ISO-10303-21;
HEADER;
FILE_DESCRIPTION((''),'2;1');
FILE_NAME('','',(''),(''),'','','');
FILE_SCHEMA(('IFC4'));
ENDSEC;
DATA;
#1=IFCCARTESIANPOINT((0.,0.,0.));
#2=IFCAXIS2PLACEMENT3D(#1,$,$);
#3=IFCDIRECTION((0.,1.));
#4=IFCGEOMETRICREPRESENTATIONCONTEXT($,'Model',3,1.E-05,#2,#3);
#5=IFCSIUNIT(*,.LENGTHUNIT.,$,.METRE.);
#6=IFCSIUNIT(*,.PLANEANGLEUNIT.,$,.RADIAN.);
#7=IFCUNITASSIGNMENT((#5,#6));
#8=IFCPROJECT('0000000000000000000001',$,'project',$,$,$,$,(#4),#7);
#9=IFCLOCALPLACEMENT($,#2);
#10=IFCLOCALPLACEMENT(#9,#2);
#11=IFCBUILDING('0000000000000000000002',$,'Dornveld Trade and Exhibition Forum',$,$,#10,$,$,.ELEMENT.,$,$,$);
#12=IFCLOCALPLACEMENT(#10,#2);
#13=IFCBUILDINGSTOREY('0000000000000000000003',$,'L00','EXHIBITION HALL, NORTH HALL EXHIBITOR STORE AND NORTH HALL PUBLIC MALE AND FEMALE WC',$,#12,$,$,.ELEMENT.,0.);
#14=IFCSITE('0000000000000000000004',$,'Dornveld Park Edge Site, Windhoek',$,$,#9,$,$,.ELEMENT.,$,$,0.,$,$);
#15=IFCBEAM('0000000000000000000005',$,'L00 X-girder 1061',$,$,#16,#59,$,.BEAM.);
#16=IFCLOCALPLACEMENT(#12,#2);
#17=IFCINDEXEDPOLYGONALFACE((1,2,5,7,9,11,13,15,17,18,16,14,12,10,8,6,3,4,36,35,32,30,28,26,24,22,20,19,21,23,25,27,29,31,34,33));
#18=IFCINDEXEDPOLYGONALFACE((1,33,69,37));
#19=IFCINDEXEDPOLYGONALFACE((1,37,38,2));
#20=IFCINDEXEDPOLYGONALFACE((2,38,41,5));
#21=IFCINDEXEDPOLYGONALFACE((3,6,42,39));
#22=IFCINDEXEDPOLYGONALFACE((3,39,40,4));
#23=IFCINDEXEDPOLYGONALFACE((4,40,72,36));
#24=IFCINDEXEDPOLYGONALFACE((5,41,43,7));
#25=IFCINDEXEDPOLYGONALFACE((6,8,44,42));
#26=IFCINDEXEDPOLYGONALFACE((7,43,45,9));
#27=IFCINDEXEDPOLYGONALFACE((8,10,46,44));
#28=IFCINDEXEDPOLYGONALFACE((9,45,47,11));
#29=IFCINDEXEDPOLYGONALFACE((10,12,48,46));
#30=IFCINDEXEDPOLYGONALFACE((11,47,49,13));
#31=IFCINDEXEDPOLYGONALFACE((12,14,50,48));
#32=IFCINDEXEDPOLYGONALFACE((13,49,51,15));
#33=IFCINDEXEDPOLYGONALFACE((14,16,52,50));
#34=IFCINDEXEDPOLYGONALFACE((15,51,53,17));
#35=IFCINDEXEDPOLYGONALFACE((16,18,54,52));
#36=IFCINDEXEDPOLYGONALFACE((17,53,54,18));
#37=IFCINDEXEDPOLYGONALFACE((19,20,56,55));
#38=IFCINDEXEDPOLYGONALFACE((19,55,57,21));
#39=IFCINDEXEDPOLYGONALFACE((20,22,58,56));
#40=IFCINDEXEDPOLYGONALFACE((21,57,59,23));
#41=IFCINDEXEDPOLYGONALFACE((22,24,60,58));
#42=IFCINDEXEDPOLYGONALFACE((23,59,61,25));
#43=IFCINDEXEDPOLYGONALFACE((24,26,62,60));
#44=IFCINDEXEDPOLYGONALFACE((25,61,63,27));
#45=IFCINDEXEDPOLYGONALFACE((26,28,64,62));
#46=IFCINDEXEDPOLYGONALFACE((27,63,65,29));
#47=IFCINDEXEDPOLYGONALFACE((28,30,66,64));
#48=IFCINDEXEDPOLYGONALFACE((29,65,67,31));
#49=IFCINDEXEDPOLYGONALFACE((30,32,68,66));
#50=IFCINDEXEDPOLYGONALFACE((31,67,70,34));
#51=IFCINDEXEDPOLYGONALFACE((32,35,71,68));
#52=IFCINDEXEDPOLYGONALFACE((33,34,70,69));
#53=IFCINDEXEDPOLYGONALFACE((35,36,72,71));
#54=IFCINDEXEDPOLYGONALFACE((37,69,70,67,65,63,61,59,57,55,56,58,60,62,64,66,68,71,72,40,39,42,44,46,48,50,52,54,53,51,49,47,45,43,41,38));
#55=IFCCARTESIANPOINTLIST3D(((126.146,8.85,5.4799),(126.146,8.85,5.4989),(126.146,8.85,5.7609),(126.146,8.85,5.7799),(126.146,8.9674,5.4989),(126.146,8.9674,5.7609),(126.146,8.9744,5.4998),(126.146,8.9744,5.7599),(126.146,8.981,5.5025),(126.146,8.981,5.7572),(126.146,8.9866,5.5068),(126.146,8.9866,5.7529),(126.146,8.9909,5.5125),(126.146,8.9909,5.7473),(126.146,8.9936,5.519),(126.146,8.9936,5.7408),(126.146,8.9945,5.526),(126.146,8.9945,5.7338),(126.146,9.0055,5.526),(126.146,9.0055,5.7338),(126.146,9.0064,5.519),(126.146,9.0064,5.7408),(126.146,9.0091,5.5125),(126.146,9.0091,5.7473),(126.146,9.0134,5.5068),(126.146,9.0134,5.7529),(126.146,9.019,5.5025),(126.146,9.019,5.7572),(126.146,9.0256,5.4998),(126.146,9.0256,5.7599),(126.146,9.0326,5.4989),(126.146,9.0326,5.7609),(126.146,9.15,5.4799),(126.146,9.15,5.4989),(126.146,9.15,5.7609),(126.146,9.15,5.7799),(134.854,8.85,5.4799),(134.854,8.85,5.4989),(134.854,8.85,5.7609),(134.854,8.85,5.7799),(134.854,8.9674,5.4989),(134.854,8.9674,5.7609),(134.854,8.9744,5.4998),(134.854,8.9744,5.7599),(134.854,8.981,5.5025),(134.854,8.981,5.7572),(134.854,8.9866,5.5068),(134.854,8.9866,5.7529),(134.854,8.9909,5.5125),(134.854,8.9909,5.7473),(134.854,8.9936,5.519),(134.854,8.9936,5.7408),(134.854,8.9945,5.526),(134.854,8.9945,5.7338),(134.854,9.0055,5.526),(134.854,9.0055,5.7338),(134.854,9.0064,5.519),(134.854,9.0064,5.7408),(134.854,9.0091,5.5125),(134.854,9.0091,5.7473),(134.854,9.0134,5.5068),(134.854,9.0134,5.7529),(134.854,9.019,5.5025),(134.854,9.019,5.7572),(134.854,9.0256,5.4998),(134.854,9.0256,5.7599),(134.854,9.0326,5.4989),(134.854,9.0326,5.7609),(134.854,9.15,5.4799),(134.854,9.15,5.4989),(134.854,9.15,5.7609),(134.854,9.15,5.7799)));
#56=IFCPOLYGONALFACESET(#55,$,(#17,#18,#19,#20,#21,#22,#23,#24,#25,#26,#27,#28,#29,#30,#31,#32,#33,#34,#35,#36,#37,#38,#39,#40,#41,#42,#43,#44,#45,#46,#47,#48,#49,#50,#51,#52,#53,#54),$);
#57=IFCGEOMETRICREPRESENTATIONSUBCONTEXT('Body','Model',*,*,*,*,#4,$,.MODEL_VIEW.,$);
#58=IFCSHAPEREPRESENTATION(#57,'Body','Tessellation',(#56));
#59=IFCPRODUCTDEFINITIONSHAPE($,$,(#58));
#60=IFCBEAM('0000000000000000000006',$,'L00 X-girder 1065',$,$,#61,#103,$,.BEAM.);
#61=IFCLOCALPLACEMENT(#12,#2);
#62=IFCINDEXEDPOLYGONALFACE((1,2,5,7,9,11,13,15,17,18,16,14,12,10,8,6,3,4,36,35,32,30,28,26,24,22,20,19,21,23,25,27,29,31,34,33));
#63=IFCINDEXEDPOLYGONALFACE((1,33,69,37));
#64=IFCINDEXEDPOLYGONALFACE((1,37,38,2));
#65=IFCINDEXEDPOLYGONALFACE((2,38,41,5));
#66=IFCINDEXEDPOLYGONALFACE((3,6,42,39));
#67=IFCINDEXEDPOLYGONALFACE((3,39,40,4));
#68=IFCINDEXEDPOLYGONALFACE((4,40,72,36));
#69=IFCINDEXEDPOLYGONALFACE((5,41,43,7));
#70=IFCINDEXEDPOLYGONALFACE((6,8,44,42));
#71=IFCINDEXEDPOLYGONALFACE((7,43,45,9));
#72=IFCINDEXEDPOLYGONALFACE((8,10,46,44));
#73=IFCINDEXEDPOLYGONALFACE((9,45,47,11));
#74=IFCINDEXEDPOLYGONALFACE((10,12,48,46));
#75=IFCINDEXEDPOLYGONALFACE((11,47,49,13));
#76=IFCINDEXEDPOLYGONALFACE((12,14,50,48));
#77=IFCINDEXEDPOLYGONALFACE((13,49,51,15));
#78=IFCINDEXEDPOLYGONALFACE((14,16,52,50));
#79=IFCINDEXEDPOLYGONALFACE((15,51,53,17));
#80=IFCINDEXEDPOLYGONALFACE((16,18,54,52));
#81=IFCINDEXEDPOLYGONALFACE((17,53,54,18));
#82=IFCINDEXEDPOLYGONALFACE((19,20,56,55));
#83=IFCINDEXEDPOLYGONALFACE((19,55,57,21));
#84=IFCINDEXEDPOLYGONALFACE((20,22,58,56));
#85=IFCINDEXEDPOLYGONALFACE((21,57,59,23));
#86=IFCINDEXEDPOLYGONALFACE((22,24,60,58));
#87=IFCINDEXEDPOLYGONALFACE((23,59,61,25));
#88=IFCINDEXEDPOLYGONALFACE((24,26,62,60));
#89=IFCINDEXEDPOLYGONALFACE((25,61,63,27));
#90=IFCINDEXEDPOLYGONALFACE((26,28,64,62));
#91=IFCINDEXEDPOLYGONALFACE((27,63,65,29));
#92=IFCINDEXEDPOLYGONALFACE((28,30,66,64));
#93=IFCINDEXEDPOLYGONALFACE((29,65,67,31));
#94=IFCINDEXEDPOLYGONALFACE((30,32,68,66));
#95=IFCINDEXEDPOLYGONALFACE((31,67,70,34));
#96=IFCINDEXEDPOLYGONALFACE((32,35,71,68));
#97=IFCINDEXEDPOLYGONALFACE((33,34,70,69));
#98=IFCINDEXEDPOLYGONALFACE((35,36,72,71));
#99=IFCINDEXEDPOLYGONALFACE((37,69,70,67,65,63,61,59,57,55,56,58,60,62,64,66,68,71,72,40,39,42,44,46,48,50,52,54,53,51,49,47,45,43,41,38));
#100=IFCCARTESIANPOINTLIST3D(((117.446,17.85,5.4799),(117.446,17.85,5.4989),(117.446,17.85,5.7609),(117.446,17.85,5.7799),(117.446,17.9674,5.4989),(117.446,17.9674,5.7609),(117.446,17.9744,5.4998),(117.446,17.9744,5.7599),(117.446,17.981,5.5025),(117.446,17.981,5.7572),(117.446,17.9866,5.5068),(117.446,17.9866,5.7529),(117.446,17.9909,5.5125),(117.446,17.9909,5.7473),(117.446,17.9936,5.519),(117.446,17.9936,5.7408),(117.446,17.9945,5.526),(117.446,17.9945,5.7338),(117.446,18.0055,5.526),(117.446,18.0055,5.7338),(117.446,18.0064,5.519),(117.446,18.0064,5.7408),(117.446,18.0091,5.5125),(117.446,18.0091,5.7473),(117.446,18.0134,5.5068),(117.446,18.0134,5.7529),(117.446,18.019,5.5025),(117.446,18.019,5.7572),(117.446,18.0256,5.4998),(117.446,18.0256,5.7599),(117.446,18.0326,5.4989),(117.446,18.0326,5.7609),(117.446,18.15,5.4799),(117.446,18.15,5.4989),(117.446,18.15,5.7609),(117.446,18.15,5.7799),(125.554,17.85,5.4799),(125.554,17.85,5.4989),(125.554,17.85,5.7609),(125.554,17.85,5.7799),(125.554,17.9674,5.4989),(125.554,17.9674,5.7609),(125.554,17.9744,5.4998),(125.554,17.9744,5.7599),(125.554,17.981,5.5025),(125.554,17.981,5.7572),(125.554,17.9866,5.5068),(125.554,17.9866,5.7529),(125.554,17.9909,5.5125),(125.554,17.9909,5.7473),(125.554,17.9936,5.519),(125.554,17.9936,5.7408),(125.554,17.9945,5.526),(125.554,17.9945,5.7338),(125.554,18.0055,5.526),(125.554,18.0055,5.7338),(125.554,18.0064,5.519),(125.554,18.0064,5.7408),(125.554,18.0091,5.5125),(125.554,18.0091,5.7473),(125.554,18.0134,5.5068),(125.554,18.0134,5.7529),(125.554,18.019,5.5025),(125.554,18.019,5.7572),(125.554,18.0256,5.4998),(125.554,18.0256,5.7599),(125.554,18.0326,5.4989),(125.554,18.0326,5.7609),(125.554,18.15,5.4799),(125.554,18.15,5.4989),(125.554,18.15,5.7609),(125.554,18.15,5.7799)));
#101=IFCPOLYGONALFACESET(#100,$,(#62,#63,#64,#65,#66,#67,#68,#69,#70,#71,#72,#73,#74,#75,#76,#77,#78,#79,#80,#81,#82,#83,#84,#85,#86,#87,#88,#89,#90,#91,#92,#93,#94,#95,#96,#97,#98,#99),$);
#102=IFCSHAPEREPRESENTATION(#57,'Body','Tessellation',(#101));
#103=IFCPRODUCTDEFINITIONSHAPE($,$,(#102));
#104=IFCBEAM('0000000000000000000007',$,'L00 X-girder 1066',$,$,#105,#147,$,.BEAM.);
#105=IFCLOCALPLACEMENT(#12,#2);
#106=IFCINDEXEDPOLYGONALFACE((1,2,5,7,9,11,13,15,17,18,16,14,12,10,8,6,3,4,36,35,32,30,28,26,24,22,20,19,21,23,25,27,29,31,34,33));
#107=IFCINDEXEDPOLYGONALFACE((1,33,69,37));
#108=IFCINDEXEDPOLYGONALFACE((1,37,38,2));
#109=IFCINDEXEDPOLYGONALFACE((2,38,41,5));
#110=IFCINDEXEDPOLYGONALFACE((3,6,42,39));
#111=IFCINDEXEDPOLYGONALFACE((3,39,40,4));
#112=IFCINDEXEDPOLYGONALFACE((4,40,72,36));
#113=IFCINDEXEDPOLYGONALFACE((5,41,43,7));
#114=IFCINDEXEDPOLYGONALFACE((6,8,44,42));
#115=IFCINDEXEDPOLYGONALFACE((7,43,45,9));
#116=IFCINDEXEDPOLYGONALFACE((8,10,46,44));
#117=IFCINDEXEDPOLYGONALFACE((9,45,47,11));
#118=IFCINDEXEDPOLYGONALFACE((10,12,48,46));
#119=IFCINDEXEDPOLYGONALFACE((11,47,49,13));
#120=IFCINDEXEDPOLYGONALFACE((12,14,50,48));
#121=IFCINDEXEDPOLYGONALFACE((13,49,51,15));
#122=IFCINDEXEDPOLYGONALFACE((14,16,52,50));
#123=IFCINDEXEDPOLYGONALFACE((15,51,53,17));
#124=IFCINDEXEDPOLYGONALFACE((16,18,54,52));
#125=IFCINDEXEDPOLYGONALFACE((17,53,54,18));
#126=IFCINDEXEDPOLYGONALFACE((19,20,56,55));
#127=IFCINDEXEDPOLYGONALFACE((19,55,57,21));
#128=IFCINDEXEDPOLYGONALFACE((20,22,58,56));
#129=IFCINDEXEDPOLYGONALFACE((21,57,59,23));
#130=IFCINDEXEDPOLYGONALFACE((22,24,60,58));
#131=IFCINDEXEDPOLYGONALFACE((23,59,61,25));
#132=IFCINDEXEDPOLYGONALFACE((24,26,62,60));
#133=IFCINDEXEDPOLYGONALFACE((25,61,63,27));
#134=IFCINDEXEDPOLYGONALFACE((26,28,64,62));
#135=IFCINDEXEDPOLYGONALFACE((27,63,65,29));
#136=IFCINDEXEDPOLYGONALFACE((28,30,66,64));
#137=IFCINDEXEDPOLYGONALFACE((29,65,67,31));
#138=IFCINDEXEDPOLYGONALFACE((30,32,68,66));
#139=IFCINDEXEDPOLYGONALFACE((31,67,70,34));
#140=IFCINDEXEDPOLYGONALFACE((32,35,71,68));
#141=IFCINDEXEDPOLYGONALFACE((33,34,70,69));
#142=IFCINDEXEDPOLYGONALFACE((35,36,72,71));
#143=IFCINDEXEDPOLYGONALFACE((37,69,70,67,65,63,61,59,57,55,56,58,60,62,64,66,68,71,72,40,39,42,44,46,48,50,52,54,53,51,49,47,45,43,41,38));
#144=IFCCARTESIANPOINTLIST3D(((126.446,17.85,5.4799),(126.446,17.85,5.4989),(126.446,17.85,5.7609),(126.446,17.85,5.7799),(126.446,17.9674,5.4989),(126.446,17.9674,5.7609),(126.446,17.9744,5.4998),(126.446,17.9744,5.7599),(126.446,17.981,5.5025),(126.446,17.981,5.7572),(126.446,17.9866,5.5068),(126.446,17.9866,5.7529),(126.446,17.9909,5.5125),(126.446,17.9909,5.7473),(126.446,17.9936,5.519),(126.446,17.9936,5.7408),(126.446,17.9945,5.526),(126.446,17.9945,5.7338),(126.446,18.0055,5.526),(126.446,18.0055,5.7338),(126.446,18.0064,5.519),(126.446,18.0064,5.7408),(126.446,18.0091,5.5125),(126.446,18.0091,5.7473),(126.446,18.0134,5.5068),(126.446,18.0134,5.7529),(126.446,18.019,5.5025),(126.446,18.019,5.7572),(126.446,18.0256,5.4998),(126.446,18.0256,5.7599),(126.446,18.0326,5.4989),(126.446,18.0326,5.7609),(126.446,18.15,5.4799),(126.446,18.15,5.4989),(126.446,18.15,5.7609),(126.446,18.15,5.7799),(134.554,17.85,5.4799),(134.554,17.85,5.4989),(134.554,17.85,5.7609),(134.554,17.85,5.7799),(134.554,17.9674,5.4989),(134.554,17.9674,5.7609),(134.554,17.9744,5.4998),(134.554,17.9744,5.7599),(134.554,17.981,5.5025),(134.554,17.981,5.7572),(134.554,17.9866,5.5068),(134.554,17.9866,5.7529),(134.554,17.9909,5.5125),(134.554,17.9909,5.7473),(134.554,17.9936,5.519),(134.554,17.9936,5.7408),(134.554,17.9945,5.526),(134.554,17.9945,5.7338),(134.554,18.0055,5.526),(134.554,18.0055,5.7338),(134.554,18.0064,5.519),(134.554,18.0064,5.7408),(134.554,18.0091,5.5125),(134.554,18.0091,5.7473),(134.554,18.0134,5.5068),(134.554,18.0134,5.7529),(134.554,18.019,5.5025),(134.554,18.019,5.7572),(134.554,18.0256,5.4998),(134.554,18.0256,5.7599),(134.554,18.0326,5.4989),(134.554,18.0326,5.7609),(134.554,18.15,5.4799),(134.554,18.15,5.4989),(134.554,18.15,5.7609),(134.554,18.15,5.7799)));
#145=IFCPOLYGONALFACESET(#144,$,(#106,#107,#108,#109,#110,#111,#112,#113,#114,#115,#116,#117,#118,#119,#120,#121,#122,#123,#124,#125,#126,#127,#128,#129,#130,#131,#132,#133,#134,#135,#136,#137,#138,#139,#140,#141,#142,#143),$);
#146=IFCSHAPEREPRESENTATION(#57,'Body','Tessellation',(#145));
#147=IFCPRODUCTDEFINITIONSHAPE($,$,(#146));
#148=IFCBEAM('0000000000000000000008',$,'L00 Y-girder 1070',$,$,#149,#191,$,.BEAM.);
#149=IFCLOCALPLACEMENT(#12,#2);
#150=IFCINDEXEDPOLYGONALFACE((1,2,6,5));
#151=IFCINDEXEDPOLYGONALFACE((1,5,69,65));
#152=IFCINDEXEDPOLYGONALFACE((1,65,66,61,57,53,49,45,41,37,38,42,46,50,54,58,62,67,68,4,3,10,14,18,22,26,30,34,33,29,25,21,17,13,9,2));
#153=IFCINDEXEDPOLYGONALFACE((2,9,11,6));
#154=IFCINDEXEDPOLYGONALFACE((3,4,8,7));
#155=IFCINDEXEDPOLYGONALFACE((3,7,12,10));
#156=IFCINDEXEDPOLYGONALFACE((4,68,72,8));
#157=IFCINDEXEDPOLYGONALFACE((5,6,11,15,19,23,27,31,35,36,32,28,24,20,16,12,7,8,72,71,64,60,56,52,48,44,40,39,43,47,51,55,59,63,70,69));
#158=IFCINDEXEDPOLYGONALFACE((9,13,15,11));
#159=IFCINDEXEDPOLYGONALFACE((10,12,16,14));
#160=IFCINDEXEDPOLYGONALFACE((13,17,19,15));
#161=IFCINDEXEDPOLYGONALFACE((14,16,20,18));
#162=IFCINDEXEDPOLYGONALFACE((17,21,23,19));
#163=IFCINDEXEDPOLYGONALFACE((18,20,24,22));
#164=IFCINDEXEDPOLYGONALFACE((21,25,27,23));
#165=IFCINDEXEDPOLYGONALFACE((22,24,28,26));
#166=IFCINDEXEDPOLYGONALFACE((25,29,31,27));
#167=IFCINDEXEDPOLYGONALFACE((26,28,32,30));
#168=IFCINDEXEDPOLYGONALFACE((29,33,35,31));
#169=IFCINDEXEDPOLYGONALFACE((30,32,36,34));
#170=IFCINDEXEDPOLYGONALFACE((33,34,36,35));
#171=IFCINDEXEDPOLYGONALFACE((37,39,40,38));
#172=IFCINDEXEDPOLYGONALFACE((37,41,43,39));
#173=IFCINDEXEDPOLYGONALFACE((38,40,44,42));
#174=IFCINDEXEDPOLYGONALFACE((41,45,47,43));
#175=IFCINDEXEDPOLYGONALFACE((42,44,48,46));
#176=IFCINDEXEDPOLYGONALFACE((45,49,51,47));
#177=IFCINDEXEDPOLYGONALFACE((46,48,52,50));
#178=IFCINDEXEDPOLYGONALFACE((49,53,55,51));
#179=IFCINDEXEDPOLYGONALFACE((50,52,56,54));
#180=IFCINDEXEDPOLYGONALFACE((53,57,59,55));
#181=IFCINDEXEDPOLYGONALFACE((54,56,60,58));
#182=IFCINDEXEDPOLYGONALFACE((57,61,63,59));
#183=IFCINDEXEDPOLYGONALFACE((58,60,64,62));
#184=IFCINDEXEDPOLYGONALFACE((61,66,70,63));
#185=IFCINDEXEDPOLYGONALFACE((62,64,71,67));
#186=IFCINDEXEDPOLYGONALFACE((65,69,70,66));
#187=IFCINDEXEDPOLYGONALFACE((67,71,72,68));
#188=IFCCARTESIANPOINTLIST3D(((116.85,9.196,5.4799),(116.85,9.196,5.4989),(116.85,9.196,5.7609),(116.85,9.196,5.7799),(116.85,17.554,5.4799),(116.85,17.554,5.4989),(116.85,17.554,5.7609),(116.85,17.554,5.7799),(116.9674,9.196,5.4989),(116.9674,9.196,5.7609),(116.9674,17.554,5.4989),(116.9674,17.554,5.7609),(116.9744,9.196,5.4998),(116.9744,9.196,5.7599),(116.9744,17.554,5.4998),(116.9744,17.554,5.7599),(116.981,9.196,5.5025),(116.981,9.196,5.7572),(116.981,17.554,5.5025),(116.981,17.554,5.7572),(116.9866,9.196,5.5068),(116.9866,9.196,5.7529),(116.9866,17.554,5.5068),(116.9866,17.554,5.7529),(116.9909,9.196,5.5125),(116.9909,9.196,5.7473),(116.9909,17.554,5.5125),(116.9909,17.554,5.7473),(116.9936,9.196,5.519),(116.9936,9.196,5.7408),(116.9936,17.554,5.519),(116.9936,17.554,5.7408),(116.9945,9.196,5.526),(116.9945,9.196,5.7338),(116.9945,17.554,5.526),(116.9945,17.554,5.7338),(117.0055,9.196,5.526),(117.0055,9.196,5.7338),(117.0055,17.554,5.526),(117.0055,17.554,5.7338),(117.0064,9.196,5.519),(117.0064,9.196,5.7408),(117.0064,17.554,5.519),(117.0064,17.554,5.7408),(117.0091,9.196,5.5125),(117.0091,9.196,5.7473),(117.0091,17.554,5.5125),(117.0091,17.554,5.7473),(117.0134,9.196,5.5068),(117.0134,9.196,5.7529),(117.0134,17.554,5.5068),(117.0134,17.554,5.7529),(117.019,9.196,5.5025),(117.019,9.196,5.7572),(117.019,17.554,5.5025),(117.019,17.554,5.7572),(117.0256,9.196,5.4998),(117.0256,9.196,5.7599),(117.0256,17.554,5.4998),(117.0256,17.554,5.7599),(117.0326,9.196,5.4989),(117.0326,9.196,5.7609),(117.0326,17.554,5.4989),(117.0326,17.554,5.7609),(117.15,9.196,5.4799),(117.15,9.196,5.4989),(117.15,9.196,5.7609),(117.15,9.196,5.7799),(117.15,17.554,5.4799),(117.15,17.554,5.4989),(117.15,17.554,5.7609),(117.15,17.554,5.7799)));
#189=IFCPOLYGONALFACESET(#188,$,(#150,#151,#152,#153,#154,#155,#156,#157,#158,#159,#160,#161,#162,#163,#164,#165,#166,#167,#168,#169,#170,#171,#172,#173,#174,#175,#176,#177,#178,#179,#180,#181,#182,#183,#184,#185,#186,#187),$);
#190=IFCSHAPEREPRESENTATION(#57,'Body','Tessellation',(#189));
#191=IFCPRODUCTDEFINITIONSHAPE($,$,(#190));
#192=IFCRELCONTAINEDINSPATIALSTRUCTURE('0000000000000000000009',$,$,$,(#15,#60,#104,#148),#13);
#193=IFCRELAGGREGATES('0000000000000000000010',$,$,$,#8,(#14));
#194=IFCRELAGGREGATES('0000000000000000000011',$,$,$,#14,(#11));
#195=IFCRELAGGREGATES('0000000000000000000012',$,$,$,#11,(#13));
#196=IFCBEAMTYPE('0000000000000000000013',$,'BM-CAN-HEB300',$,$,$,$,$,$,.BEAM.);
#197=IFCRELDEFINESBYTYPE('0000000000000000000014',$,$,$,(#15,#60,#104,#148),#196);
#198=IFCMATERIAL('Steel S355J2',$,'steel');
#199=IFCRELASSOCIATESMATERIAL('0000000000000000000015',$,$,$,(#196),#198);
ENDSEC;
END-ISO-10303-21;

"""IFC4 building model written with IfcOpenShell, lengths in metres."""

from ifc_helpers import new_model, si_unit, direction, frame, origin, origin_2d, place, context, subcontext, project, spatial, i_section, extrude, material, material_profile, profile_set, type_object, element, save


model = new_model("IFC4")

# Units and contexts
model_context = context("Model", 3, precision=1e-05, world=origin(), true_north=direction((0.0, 1.0)))
body_context = subcontext(model_context, "Body", "Model", "MODEL_VIEW")
ifc_project = project(units=[si_unit("LENGTHUNIT", "METRE"), si_unit("PLANEANGLEUNIT", "RADIAN")], contexts=[model_context])

# Site, building, storey
site_placement = place(None, origin())
site = spatial("IfcSite", under=ifc_project, at=site_placement, Name="Dornveld Park Edge Site, Windhoek", CompositionType="ELEMENT", RefElevation=0.0)
building_placement = place(site_placement, origin())
building = spatial("IfcBuilding", under=site, at=building_placement, Name="Dornveld Trade and Exhibition Forum", CompositionType="ELEMENT")
storey_placement = place(building_placement, origin())
storey = spatial("IfcBuildingStorey", under=building, at=storey_placement, Name="L00", Description="EXHIBITION HALL, NORTH HALL EXHIBITOR STORE AND NORTH HALL PUBLIC MALE AND FEMALE WC", CompositionType="ELEMENT", Elevation=0.0)

# Beams
ifc_material_1 = material(Name="Steel S355J2", Category="steel")
ifc_material_profile_1 = material_profile(ifc_material_1, i_section(OverallWidth=0.3, OverallDepth=0.3, WebThickness=0.011, FlangeThickness=0.019, FilletRadius=0.0271, at=origin_2d()), Name="HEB 300")
ifc_profile_set_1 = profile_set([ifc_material_profile_1], Name="Steel S355J2")
beam_type_1 = type_object("IfcBeamType", Name="BM-CAN-HEB300", PredefinedType="BEAM", material=ifc_profile_set_1)
for number, where, z_axis, x_axis, name in (
    (1, (126.146, 9.0, 5.6299), (1.0, 0.0, 0.0), (0.0, 1.0, 0.0), "L00 X-girder 1061"),
):
    element("IfcBeam", number, at=place(storey_placement, frame(where, z_axis=z_axis, x_axis=x_axis)), inside=storey, type_object=beam_type_1, Name=name, PredefinedType="BEAM", context=body_context, shape_type="SweptSolid", body=[
        extrude(i_section(OverallWidth=0.3, OverallDepth=0.3, WebThickness=0.011, FlangeThickness=0.019, FilletRadius=0.0271, at=origin_2d()), origin(), (0.0, 0.0, 1.0), 8.708),
    ])
for number, where, z_axis, x_axis, name in (
    (2, (117.446, 18.0, 5.6299), (1.0, 0.0, 0.0), (0.0, 1.0, 0.0), "L00 X-girder 1065"),
    (3, (126.446, 18.0, 5.6299), (1.0, 0.0, 0.0), (0.0, 1.0, 0.0), "L00 X-girder 1066"),
):
    element("IfcBeam", number, at=place(storey_placement, frame(where, z_axis=z_axis, x_axis=x_axis)), inside=storey, type_object=beam_type_1, Name=name, PredefinedType="BEAM", context=body_context, shape_type="SweptSolid", body=[
        extrude(i_section(OverallWidth=0.3, OverallDepth=0.3, WebThickness=0.011, FlangeThickness=0.019, FilletRadius=0.0271, at=origin_2d()), origin(), (0.0, 0.0, 1.0), 8.1079),
    ])
for number, where, z_axis, x_axis, name in (
    (4, (117.0, 9.196, 5.6299), (0.0, 1.0, 0.0), (-1.0, 0.0, 0.0), "L00 Y-girder 1070"),
):
    element("IfcBeam", number, at=place(storey_placement, frame(where, z_axis=z_axis, x_axis=x_axis)), inside=storey, type_object=beam_type_1, Name=name, PredefinedType="BEAM", context=body_context, shape_type="SweptSolid", body=[
        extrude(i_section(OverallWidth=0.3, OverallDepth=0.3, WebThickness=0.011, FlangeThickness=0.019, FilletRadius=0.0271, at=origin_2d()), origin(), (0.0, 0.0, 1.0), 8.3579),
    ])

save(model, "model.ifc")
